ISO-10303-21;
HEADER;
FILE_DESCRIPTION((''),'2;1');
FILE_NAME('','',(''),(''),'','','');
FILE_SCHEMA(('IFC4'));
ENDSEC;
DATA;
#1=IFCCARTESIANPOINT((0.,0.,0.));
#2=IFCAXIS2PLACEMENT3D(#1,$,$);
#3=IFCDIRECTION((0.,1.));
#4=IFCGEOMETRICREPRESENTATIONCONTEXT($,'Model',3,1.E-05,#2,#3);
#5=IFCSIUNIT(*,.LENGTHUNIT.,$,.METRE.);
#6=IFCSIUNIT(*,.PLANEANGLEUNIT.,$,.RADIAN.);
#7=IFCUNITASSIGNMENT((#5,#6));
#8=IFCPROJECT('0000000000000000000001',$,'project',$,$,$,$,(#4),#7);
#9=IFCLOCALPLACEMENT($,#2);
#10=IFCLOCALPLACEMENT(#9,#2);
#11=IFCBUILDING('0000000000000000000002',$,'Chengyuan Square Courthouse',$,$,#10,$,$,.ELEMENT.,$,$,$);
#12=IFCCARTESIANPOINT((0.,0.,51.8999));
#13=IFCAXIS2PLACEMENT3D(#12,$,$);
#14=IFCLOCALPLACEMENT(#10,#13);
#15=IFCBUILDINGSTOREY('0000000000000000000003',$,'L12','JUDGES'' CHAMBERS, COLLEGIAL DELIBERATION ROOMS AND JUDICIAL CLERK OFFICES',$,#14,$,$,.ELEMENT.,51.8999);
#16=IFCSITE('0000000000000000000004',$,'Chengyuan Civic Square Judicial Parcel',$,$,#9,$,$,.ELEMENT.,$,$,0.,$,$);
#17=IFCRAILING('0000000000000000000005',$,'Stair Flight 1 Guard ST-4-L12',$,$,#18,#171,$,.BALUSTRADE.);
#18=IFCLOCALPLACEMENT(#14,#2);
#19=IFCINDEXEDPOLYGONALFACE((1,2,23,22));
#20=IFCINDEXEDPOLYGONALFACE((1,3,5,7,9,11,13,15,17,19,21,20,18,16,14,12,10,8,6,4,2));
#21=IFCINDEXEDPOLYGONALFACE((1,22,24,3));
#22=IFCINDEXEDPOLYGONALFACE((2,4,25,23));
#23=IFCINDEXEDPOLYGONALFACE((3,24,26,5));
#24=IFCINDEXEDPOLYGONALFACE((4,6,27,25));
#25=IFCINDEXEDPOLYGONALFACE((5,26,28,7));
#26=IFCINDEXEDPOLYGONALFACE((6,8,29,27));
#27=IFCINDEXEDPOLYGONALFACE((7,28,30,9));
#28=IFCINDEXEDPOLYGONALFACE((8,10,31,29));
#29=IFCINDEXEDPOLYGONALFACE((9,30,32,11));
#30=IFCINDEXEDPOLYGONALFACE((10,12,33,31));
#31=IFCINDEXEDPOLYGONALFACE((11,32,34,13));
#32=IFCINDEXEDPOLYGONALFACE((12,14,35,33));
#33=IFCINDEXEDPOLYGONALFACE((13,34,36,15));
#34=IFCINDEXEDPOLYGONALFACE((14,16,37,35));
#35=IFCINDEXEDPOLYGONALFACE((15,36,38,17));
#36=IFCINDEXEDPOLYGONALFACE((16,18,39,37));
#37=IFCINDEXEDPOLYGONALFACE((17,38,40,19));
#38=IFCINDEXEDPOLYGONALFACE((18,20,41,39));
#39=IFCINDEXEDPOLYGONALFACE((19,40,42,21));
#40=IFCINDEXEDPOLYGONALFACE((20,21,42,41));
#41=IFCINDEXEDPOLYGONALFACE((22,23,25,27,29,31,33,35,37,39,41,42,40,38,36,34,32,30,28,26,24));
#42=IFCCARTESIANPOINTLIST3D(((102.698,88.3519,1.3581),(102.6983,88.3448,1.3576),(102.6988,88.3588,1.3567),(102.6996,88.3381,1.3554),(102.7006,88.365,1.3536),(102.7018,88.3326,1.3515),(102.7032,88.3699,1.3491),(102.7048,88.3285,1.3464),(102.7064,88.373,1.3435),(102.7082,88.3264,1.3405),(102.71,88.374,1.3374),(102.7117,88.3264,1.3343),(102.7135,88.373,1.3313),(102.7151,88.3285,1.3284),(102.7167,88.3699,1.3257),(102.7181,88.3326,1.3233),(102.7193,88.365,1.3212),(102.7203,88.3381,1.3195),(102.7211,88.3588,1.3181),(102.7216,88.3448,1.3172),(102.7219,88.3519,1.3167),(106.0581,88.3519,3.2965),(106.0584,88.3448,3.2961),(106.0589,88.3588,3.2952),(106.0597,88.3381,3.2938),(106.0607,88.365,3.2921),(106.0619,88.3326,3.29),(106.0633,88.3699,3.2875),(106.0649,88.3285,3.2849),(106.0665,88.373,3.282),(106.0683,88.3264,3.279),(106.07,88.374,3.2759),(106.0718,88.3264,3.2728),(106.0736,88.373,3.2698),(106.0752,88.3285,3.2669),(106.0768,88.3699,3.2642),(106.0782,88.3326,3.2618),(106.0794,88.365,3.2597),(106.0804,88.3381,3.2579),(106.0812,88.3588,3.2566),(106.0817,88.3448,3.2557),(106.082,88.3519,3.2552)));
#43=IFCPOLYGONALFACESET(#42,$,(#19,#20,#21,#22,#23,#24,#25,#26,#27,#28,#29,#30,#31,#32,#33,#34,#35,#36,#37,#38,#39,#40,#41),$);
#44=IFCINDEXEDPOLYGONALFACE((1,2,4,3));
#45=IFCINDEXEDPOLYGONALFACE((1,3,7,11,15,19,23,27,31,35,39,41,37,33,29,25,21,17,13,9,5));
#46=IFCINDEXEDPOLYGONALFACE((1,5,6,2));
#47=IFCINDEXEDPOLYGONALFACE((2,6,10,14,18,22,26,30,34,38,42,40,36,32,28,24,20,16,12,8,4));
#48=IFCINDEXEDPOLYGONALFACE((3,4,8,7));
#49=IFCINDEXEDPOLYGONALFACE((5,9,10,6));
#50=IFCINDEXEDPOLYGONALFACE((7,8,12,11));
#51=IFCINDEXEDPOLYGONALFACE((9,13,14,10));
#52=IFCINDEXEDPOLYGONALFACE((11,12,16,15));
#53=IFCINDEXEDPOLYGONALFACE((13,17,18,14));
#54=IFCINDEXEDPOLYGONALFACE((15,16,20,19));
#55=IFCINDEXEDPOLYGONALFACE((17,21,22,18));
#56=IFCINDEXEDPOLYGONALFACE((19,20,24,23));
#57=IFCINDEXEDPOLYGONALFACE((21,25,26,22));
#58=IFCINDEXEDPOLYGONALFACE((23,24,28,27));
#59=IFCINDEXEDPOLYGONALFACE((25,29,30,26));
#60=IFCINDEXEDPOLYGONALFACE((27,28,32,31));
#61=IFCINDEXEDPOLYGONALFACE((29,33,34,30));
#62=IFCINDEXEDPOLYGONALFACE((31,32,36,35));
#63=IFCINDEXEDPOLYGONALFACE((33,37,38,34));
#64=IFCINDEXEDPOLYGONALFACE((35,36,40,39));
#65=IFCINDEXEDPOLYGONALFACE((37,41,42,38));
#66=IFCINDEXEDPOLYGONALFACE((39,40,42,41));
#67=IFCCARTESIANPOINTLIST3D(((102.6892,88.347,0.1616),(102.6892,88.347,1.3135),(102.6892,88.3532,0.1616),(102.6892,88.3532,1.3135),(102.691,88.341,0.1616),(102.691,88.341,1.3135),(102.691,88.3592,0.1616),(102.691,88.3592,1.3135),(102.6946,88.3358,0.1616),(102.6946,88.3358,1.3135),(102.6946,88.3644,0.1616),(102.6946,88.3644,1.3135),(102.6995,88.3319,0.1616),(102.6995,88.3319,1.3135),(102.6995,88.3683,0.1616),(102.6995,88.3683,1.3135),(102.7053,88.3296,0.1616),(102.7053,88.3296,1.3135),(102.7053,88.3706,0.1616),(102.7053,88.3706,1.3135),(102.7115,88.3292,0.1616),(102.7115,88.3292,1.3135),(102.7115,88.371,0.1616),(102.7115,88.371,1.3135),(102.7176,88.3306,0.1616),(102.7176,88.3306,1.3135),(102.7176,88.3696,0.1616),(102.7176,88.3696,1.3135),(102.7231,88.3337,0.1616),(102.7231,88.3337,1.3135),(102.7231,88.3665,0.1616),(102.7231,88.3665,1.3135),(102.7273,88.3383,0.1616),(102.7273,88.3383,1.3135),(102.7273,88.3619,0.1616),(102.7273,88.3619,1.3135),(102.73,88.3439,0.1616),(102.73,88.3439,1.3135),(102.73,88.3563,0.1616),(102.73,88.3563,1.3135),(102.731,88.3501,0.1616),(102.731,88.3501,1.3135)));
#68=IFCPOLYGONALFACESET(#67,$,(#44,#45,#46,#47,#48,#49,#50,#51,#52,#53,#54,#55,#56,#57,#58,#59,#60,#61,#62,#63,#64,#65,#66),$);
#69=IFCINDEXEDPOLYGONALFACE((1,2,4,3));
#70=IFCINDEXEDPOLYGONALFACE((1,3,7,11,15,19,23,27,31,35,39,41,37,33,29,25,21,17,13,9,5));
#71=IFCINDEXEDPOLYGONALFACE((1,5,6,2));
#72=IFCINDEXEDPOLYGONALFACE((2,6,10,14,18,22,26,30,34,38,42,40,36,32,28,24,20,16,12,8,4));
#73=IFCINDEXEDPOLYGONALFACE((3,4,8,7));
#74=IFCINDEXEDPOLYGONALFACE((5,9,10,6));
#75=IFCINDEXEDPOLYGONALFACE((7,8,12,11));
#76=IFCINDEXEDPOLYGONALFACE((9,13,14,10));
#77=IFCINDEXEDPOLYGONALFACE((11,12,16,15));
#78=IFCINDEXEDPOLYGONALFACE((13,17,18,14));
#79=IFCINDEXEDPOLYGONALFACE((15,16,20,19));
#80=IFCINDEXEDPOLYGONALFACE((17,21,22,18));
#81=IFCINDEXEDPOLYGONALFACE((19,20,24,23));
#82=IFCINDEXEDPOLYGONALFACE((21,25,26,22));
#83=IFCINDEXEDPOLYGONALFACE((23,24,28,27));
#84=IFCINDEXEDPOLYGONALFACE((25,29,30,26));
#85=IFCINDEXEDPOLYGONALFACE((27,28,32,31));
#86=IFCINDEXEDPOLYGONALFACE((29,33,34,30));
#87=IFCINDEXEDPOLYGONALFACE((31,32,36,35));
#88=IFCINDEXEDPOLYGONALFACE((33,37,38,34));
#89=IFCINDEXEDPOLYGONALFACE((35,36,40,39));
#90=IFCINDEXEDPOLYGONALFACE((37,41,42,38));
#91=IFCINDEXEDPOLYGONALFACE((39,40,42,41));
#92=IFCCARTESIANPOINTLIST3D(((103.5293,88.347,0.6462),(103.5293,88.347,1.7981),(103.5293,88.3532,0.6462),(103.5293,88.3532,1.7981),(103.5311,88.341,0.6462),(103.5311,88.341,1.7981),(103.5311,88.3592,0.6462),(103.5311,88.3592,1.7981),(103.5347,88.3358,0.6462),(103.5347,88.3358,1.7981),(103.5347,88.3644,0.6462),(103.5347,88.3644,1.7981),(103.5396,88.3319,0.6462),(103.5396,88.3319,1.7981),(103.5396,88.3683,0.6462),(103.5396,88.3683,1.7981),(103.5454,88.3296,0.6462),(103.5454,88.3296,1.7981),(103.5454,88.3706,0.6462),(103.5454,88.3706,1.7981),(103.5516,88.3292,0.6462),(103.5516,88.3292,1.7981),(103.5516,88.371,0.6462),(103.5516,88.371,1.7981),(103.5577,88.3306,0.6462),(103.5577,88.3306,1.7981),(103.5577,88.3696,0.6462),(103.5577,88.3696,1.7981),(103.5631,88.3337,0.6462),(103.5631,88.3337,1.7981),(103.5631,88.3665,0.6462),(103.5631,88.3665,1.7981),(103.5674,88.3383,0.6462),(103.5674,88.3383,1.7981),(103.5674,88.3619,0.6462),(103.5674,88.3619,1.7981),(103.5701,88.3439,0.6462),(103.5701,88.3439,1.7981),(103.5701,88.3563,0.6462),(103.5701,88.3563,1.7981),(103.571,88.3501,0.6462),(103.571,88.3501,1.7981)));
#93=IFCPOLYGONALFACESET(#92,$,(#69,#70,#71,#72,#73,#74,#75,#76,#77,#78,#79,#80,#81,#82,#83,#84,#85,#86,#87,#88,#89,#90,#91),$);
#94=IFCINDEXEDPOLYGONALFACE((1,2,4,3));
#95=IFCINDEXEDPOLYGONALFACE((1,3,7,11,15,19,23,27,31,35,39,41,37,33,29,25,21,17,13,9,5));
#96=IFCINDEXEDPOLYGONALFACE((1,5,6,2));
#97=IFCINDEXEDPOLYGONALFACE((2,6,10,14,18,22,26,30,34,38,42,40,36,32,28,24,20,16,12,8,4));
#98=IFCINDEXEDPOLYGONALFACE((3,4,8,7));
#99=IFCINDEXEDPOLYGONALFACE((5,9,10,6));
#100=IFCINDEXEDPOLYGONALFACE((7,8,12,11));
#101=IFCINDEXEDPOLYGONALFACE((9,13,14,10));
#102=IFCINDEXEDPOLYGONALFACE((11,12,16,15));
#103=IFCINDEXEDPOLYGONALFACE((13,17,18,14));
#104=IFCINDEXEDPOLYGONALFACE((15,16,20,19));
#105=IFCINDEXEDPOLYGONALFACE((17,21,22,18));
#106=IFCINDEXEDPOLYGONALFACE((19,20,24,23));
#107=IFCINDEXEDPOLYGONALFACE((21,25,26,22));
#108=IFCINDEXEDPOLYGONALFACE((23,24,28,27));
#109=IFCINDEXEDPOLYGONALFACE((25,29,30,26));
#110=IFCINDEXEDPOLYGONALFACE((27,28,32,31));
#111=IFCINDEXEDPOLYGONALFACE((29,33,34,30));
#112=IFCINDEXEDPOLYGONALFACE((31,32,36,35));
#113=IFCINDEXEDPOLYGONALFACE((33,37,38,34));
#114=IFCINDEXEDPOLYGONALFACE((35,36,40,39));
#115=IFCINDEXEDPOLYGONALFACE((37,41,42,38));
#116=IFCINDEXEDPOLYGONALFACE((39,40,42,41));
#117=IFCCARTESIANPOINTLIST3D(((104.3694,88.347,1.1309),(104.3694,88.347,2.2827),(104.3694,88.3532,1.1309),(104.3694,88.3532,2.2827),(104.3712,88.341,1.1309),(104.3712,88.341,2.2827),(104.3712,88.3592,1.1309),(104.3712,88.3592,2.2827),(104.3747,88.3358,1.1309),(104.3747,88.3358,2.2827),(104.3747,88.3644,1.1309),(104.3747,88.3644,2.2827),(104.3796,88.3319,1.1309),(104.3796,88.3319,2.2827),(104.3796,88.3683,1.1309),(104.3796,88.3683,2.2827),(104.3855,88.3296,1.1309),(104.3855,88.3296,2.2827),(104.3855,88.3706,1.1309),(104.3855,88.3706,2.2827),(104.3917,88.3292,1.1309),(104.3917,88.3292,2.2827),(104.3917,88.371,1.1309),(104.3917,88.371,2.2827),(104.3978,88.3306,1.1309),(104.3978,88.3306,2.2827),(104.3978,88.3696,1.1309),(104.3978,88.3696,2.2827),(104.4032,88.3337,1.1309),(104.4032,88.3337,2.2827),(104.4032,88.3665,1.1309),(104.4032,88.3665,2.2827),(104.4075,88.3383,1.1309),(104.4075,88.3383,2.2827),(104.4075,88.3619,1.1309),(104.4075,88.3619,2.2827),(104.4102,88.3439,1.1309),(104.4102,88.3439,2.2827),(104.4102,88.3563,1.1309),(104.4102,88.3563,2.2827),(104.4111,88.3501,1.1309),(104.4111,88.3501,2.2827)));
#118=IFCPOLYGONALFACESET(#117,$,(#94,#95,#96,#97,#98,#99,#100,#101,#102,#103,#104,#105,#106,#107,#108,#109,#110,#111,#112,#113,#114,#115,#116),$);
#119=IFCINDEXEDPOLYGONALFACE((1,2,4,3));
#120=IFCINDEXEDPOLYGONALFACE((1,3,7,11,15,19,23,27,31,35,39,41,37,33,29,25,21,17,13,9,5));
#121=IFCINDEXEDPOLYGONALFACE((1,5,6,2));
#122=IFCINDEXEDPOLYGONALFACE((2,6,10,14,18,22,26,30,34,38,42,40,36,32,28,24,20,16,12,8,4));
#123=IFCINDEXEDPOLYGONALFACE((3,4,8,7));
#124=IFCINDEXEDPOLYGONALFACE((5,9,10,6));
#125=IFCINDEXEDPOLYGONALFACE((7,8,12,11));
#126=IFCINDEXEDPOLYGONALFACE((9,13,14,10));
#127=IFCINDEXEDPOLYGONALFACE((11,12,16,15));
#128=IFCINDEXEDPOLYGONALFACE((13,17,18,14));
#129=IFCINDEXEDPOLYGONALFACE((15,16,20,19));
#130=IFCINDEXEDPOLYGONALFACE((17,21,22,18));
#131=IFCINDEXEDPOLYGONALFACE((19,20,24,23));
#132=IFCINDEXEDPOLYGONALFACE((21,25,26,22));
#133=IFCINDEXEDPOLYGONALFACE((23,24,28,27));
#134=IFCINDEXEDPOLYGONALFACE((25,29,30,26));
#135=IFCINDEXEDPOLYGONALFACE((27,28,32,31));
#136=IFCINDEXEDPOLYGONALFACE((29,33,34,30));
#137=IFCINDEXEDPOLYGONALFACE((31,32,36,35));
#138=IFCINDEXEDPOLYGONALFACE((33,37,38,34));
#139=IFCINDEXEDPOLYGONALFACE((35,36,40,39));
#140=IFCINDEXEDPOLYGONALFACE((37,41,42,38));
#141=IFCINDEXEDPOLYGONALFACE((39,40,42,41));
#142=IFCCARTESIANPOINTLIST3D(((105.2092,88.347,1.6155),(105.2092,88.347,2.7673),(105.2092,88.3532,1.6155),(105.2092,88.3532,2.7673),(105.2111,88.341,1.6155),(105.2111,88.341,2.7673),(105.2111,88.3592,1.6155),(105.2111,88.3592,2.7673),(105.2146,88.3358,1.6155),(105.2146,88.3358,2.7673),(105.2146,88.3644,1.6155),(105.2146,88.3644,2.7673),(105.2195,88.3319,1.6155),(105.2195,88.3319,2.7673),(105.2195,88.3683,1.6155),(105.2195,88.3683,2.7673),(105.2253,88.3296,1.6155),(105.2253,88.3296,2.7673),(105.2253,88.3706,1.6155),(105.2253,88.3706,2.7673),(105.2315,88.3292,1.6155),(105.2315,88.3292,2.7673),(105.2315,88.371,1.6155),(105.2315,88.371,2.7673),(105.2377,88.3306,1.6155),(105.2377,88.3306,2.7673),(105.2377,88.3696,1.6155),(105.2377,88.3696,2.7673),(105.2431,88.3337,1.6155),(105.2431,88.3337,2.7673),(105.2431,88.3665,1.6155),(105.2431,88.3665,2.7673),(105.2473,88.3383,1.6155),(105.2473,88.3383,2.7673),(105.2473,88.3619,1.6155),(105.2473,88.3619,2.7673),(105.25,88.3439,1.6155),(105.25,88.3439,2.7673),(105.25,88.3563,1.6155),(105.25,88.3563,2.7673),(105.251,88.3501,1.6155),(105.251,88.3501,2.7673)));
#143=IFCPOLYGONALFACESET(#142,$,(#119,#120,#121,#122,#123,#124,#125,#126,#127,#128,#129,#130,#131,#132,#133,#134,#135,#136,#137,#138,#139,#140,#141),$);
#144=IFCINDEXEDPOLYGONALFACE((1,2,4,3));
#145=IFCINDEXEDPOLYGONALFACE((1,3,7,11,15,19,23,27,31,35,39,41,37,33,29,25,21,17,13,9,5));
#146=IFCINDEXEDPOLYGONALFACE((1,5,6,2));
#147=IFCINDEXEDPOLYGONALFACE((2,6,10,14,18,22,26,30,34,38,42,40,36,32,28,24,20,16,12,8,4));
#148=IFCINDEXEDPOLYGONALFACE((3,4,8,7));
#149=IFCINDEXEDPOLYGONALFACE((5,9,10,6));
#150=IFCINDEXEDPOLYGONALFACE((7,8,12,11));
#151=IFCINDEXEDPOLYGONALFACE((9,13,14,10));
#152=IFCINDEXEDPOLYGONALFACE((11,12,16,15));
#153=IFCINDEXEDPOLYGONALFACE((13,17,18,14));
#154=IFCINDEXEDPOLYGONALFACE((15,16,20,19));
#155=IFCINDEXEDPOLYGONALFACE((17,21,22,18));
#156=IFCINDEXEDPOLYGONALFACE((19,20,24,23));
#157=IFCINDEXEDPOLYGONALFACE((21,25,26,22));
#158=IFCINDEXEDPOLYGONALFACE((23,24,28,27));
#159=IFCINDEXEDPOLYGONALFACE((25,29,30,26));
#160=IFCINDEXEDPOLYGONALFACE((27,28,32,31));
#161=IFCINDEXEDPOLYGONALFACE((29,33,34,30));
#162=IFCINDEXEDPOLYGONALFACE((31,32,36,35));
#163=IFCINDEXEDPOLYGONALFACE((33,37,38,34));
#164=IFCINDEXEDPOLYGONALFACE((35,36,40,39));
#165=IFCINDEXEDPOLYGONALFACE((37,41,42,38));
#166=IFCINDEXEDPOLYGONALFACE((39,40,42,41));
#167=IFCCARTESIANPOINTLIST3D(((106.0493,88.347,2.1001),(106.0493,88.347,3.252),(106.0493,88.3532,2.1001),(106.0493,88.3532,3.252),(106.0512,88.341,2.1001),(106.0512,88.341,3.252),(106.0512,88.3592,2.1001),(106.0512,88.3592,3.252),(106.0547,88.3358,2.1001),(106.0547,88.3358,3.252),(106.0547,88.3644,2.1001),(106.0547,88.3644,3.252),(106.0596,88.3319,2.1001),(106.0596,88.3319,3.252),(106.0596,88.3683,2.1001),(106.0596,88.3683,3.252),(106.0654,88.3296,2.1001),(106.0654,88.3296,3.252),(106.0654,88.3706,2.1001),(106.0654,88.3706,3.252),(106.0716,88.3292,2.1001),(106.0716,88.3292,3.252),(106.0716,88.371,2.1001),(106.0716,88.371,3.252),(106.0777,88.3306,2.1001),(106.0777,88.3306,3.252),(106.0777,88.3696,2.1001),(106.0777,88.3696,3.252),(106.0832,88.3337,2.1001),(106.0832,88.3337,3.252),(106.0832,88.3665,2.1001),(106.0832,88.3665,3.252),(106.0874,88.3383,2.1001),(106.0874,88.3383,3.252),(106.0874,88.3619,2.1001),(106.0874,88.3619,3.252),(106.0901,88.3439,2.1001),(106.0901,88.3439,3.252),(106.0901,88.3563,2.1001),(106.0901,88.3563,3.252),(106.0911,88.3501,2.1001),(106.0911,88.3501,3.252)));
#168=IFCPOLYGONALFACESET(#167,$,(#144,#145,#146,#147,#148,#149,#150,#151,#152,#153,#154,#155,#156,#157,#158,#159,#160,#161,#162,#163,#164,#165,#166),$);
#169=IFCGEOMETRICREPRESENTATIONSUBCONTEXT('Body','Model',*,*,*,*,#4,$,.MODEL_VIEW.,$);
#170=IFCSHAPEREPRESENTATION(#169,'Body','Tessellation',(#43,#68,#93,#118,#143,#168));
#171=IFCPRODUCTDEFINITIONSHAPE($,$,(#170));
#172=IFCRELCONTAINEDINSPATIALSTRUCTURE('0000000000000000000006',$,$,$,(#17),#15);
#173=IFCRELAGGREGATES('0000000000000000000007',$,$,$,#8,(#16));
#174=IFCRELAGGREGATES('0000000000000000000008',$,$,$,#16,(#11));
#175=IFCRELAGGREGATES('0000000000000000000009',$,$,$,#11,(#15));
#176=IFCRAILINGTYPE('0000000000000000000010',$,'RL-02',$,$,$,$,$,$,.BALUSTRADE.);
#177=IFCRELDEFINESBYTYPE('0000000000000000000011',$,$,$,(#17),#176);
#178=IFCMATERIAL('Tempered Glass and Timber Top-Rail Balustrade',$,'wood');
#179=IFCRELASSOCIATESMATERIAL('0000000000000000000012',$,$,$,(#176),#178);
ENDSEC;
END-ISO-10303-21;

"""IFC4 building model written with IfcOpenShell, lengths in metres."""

from ifc_helpers import new_model, si_unit, direction, frame, origin, origin_2d, place, context, subcontext, project, spatial, circle, extrude, material, type_object, element, save


model = new_model("IFC4")

# Units and contexts
model_context = context("Model", 3, precision=1e-05, world=origin(), true_north=direction((0.0, 1.0)))
body_context = subcontext(model_context, "Body", "Model", "MODEL_VIEW")
ifc_project = project(units=[si_unit("LENGTHUNIT", "METRE"), si_unit("PLANEANGLEUNIT", "RADIAN")], contexts=[model_context])

# Site, building, storey
site_placement = place(None, origin())
site = spatial("IfcSite", under=ifc_project, at=site_placement, Name="Chengyuan Civic Square Judicial Parcel", CompositionType="ELEMENT", RefElevation=0.0)
building_placement = place(site_placement, origin())
building = spatial("IfcBuilding", under=site, at=building_placement, Name="Chengyuan Square Courthouse", CompositionType="ELEMENT")
storey_placement = place(building_placement, frame((0.0, 0.0, 51.8999)))
storey = spatial("IfcBuildingStorey", under=building, at=storey_placement, Name="L12", Description="JUDGES' CHAMBERS, COLLEGIAL DELIBERATION ROOMS AND JUDICIAL CLERK OFFICES", CompositionType="ELEMENT", Elevation=51.8999)

# Railing
ifc_material_1 = material(Name="Tempered Glass and Timber Top-Rail Balustrade", Category="wood")
railing_type_1 = type_object("IfcRailingType", Name="RL-02", PredefinedType="BALUSTRADE", material=ifc_material_1)
railing_1_placement = place(storey_placement, frame((102.71, 88.3501, 0.1616)))
element("IfcRailing", 1, at=railing_1_placement, inside=storey, type_object=railing_type_1, Name="Stair Flight 1 Guard ST-4-L12", PredefinedType="BALUSTRADE", context=body_context, shape_type="SweptSolid", body=[
    extrude(circle(Radius=0.0239, at=origin_2d()), frame((0.0, 0.0, 1.1758), z_axis=(0.866191, 0.0, 0.499713), x_axis=(0.0, 1.0, 0.0)), (0.0, 0.0, 1.0), 3.8792),
    extrude(circle(Radius=0.021, at=origin_2d()), origin(), (0.0, 0.0, 1.0), 1.1519),
    extrude(circle(Radius=0.021, at=origin_2d()), frame((0.8401, 0.0, 0.4846)), (0.0, 0.0, 1.0), 1.1519),
    extrude(circle(Radius=0.021, at=origin_2d()), frame((1.6802, 0.0, 0.9692)), (0.0, 0.0, 1.0), 1.1519),
    extrude(circle(Radius=0.021, at=origin_2d()), frame((2.52, 0.0, 1.4539)), (0.0, 0.0, 1.0), 1.1519),
    extrude(circle(Radius=0.021, at=origin_2d()), frame((3.3601, 0.0, 1.9385)), (0.0, 0.0, 1.0), 1.1519),
])

save(model, "model.ifc")
